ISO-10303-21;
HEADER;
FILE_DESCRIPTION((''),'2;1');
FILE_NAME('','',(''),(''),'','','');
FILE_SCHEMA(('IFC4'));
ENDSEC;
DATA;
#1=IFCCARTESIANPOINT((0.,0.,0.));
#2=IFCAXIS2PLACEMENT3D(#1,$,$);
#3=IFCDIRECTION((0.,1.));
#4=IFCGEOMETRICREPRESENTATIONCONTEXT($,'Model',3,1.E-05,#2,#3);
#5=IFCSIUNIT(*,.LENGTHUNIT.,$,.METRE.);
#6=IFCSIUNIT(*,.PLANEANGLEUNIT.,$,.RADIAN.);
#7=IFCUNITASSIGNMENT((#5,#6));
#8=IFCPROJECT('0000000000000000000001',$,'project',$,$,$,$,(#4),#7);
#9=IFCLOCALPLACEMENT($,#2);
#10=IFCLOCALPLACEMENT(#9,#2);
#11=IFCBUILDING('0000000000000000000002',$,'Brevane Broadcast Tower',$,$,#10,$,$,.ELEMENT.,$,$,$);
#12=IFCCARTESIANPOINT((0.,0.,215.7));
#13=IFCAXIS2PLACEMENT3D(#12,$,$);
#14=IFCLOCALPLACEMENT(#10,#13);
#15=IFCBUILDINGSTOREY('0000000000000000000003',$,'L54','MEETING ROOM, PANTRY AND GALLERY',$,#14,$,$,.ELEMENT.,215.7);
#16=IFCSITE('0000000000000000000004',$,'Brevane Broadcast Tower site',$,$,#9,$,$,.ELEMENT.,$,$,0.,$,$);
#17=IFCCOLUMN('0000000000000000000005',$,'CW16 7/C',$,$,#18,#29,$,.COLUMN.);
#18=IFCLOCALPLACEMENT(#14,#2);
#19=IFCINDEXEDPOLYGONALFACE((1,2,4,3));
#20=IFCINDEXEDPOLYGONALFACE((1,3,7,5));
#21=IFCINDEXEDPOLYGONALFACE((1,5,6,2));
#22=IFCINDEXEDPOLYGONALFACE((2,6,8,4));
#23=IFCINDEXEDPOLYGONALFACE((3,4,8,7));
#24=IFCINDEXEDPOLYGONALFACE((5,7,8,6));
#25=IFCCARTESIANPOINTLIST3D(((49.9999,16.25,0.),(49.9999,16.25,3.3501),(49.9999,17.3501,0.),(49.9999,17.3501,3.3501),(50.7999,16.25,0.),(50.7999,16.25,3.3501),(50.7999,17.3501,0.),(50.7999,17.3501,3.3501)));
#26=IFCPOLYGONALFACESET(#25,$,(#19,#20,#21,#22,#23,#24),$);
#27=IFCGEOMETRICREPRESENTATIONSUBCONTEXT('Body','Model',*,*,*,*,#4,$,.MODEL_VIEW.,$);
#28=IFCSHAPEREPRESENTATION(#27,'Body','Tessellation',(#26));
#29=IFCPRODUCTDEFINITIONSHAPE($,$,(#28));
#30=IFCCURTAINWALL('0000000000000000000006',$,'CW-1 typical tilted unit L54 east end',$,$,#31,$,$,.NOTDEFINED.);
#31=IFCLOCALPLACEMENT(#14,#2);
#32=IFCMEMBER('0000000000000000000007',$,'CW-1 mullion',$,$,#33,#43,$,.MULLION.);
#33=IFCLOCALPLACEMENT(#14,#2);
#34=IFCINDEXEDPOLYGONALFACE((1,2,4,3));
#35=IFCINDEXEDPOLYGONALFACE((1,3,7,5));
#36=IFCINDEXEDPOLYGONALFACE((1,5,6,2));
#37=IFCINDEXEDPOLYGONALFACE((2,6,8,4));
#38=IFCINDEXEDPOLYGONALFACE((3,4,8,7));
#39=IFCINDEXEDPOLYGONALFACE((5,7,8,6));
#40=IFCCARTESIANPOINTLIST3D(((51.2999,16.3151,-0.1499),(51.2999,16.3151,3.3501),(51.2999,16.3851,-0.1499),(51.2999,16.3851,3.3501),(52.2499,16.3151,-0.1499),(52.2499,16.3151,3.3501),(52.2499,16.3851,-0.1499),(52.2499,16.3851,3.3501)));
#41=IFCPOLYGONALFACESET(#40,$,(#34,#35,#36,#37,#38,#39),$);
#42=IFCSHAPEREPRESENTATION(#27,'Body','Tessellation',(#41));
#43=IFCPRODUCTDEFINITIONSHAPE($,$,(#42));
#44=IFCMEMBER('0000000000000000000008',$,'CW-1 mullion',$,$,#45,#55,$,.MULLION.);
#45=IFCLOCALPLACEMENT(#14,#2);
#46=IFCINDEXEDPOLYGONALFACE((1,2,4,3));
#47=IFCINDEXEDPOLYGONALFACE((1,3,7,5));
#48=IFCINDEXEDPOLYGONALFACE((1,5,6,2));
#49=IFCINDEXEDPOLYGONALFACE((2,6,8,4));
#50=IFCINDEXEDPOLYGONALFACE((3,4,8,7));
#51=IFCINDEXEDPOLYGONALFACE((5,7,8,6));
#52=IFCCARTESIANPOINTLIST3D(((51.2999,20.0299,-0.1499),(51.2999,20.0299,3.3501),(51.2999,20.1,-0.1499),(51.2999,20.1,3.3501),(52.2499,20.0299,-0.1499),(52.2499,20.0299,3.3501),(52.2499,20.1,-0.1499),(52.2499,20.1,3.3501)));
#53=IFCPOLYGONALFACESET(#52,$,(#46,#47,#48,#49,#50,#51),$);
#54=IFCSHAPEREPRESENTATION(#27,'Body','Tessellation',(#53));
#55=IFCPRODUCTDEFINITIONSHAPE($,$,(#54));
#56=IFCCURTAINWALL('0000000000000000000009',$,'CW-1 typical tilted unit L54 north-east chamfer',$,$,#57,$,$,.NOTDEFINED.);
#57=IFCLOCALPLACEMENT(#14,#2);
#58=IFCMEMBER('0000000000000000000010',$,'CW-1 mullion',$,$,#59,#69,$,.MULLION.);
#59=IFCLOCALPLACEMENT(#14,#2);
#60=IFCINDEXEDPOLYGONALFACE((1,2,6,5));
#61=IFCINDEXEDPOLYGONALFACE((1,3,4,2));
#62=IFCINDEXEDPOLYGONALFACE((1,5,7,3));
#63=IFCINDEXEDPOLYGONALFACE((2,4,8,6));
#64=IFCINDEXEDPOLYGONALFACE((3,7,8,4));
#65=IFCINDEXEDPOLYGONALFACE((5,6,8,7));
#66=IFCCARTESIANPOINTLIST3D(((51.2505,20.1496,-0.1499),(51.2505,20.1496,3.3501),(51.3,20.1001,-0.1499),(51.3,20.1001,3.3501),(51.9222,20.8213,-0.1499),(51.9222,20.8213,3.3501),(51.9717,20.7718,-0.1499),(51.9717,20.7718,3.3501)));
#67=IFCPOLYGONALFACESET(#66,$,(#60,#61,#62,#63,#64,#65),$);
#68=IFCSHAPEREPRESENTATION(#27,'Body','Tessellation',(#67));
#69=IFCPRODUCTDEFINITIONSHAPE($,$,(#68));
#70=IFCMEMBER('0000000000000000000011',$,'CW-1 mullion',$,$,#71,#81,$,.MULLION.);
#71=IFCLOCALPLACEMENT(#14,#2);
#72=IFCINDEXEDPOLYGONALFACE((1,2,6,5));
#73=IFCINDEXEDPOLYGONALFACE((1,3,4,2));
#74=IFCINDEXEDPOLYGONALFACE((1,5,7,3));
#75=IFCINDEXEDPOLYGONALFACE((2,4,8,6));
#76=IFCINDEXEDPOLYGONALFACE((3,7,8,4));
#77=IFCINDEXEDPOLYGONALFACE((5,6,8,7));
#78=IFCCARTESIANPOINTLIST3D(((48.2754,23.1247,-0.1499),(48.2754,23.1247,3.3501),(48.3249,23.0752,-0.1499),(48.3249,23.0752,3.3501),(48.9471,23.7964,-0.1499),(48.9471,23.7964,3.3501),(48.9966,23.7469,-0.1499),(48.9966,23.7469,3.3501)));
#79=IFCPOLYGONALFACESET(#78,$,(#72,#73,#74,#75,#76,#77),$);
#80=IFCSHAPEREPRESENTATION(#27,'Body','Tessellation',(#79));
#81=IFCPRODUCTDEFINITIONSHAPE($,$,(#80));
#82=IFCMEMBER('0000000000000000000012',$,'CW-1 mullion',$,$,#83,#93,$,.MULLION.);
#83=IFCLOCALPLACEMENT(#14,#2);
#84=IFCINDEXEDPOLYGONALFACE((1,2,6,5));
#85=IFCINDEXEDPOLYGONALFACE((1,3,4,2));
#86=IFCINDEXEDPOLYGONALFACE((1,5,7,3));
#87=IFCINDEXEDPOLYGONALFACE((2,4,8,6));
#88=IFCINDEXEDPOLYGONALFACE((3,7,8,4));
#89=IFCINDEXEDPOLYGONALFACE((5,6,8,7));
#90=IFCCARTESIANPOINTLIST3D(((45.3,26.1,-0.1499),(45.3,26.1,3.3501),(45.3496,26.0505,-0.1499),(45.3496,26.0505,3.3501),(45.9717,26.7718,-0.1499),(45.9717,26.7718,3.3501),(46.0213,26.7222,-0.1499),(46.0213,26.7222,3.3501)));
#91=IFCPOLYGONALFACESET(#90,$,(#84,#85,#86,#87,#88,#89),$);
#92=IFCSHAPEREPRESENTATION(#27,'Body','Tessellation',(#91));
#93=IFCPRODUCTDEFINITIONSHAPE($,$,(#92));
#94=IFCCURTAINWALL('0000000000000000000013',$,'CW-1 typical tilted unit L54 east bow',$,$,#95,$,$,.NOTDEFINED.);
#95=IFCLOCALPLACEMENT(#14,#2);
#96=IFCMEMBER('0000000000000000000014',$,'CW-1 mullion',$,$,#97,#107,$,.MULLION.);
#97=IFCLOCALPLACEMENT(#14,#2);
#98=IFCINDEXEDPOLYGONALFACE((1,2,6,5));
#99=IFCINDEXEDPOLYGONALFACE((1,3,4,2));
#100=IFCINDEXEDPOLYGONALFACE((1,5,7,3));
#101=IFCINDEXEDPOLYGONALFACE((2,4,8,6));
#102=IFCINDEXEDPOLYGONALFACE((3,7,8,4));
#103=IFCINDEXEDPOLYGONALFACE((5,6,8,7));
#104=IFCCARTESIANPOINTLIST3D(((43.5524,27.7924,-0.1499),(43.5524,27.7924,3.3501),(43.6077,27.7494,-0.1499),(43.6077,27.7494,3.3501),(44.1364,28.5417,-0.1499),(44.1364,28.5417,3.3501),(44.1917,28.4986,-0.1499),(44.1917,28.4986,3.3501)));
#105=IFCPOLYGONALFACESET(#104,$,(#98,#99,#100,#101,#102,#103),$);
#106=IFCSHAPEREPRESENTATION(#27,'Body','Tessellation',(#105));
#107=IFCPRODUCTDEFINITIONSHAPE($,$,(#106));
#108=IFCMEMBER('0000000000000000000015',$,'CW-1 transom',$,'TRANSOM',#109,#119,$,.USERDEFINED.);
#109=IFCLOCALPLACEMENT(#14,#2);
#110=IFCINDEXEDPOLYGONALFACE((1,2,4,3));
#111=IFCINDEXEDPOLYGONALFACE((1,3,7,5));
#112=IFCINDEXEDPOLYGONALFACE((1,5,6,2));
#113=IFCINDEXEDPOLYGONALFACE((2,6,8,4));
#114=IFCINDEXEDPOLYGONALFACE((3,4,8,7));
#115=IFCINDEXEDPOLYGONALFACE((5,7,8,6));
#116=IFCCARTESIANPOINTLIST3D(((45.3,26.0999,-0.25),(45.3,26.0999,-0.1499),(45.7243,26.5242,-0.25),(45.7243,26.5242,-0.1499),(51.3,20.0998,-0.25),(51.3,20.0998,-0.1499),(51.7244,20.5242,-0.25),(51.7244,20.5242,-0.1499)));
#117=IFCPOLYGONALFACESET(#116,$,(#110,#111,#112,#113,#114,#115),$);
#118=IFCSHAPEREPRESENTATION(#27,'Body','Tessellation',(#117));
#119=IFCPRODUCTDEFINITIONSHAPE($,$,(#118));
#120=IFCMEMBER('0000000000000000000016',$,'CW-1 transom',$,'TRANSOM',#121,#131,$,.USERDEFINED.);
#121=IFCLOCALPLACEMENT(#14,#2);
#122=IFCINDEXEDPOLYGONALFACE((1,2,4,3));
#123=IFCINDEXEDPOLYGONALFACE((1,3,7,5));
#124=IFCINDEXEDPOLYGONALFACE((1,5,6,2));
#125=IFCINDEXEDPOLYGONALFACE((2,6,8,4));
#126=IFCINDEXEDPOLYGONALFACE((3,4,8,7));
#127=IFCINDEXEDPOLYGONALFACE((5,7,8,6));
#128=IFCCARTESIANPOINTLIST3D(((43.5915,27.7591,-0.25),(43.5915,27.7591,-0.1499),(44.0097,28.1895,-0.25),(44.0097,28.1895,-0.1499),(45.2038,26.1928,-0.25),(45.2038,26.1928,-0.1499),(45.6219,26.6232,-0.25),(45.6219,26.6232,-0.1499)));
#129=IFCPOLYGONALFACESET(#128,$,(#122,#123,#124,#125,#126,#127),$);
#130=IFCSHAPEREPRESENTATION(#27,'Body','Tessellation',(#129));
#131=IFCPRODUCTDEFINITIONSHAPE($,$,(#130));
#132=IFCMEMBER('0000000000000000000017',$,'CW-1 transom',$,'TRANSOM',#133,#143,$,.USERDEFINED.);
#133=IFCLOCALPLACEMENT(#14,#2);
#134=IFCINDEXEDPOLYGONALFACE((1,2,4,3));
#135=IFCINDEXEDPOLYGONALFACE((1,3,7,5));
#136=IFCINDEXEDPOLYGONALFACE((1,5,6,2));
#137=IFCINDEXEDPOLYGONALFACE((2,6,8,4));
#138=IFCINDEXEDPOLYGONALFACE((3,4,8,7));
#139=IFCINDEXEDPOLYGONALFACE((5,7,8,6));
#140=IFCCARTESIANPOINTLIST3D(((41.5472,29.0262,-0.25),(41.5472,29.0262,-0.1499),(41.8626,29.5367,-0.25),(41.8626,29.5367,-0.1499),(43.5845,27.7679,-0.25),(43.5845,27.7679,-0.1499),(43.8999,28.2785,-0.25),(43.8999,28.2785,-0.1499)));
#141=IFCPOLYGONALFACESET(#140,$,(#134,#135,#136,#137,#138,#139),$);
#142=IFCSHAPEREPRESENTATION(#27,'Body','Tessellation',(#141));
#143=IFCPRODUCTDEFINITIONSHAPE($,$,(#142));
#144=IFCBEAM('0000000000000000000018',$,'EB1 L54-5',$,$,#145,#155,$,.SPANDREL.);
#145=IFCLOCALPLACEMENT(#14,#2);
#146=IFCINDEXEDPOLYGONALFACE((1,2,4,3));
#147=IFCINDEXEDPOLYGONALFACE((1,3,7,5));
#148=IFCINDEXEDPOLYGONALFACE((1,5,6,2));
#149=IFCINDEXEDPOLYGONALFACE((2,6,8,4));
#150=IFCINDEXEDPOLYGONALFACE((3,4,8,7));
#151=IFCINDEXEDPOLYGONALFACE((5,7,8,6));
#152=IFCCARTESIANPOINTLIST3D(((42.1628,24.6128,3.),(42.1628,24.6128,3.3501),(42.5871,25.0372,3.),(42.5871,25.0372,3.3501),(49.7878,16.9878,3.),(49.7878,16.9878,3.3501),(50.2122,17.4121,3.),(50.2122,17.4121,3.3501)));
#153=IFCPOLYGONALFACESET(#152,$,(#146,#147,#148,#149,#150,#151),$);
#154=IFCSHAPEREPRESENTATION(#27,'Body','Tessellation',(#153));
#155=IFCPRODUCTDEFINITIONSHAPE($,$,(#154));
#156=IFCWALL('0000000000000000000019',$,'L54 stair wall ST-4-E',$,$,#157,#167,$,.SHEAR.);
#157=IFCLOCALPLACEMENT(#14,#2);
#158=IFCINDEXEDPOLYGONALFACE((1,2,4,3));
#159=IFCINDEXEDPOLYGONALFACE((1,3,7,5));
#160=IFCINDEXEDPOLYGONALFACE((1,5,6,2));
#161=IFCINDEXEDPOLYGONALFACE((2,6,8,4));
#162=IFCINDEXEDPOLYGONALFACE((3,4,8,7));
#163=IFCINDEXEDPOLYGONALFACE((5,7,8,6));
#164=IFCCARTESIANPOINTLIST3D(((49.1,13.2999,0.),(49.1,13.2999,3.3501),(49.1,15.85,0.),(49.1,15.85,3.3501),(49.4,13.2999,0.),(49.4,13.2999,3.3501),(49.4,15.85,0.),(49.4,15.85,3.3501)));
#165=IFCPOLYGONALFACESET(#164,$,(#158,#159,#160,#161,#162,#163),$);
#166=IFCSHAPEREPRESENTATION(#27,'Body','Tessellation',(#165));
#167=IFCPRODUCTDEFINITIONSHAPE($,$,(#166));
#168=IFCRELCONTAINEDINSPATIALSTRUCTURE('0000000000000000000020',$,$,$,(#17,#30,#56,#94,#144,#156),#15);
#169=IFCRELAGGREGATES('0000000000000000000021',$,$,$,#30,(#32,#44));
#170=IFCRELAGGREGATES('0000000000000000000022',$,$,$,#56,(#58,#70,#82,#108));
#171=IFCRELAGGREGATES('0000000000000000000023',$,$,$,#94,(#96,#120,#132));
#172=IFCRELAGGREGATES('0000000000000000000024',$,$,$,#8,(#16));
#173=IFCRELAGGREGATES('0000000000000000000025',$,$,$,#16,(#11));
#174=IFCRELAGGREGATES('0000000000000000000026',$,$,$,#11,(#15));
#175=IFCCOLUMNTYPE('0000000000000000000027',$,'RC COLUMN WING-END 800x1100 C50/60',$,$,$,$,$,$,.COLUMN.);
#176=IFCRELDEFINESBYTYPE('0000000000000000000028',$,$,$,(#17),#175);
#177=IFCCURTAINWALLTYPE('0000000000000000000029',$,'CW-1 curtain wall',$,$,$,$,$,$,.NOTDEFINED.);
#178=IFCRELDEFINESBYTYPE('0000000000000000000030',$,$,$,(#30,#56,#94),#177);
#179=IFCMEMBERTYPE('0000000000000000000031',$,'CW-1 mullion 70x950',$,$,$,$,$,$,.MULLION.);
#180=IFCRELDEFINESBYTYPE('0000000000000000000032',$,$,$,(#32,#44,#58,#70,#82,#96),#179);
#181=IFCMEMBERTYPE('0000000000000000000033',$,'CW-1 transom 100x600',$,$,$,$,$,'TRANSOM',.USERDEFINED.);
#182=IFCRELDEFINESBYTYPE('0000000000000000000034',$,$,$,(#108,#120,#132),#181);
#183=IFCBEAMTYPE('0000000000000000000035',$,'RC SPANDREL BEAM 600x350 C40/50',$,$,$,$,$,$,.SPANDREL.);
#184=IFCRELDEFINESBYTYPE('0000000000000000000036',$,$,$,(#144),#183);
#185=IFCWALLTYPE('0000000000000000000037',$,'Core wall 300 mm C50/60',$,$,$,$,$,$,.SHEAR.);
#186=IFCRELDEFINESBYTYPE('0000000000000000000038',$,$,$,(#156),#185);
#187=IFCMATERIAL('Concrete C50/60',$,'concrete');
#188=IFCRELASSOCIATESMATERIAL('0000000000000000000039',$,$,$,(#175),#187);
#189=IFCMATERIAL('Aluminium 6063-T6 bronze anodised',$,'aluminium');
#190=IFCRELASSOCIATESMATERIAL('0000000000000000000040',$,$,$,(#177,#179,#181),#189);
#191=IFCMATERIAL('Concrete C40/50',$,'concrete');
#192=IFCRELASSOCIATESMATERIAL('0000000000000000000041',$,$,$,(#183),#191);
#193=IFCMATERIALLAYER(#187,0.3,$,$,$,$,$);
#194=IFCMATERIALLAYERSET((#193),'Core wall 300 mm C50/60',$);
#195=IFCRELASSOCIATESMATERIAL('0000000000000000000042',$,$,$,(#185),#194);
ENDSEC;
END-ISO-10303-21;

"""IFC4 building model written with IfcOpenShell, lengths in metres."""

from ifc_helpers import new_model, si_unit, direction, frame, frame_2d, origin, origin_2d, place, context, subcontext, project, spatial, rectangle, extrude, material, layer, layer_set, material_profile, profile_set, type_object, element, aggregate, save


model = new_model("IFC4")

# Units and contexts
model_context = context("Model", 3, precision=1e-05, world=origin(), true_north=direction((0.0, 1.0)))
body_context = subcontext(model_context, "Body", "Model", "MODEL_VIEW")
ifc_project = project(units=[si_unit("LENGTHUNIT", "METRE"), si_unit("PLANEANGLEUNIT", "RADIAN")], contexts=[model_context])

# Site, building, storey
site_placement = place(None, origin())
site = spatial("IfcSite", under=ifc_project, at=site_placement, Name="Brevane Broadcast Tower site", CompositionType="ELEMENT", RefElevation=0.0)
building_placement = place(site_placement, origin())
building = spatial("IfcBuilding", under=site, at=building_placement, Name="Brevane Broadcast Tower", CompositionType="ELEMENT")
storey_placement = place(building_placement, frame((0.0, 0.0, 215.7)))
storey = spatial("IfcBuildingStorey", under=building, at=storey_placement, Name="L54", Description="MEETING ROOM, PANTRY AND GALLERY", CompositionType="ELEMENT", Elevation=215.7)

# Column
ifc_material_1 = material(Name="Concrete C50/60", Category="concrete")
ifc_material_profile_1 = material_profile(ifc_material_1, rectangle(XDim=0.8, YDim=1.1001, at=origin_2d()), Name="RC 800x1100")
ifc_profile_set_1 = profile_set([ifc_material_profile_1], Name="Concrete C50/60")
column_type = type_object("IfcColumnType", Name="RC COLUMN WING-END 800x1100 C50/60", PredefinedType="COLUMN", material=ifc_profile_set_1)
column_placement = place(storey_placement, frame((50.3999, 16.8, 0.0), z_axis=(0.0, 0.0, 1.0), x_axis=(1.0, 0.0, 0.0)))
element("IfcColumn", 1, at=column_placement, inside=storey, type_object=column_type, Name="CW16 7/C", PredefinedType="COLUMN", context=body_context, shape_type="SweptSolid", body=[
    extrude(rectangle(XDim=0.8, YDim=1.1001, at=origin_2d()), origin(), (0.0, 0.0, 1.0), 3.3501),
])

# Curtain walls, members
ifc_material_2 = material(Name="Aluminium 6063-T6 bronze anodised", Category="aluminium")
curtain_wall_type = type_object("IfcCurtainWallType", Name="CW-1 curtain wall", PredefinedType="NOTDEFINED", material=ifc_material_2)
curtain_wall_1_placement = place(storey_placement, origin())
curtain_wall_1 = element("IfcCurtainWall", 2, at=curtain_wall_1_placement, inside=storey, type_object=curtain_wall_type, Name="CW-1 typical tilted unit L54 east end", PredefinedType="NOTDEFINED")
ifc_material_profile_2 = material_profile(ifc_material_2, rectangle(XDim=0.95, YDim=0.0701, at=origin_2d()), Name="RECT 70x950")
ifc_profile_set_2 = profile_set([ifc_material_profile_2], Name="Aluminium 6063-T6 bronze anodised")
member_type_1 = type_object("IfcMemberType", Name="CW-1 mullion 70x950", PredefinedType="MULLION", material=ifc_profile_set_2)
member_1_placement = place(storey_placement, frame((51.7749, 16.3501, -0.1499), z_axis=(0.0, 0.0, 1.0), x_axis=(-1.0, 0.0, 0.0)))
member_1 = element("IfcMember", 3, at=member_1_placement, type_object=member_type_1, Name="CW-1 mullion", PredefinedType="MULLION", context=body_context, shape_type="SweptSolid", body=[
    extrude(rectangle(XDim=0.95, YDim=0.0701, at=origin_2d()), origin(), (0.0, 0.0, 1.0), 3.5),
])
member_2_placement = place(storey_placement, frame((51.7749, 20.0649, -0.1499), z_axis=(0.0, 0.0, 1.0), x_axis=(-1.0, 0.0, 0.0)))
member_2 = element("IfcMember", 4, at=member_2_placement, type_object=member_type_1, Name="CW-1 mullion", PredefinedType="MULLION", context=body_context, shape_type="SweptSolid", body=[
    extrude(rectangle(XDim=0.95, YDim=0.0701, at=origin_2d()), origin(), (0.0, 0.0, 1.0), 3.5),
])
aggregate(curtain_wall_1, [member_1, member_2])
curtain_wall_2_placement = place(storey_placement, origin())
curtain_wall_2 = element("IfcCurtainWall", 5, at=curtain_wall_2_placement, inside=storey, type_object=curtain_wall_type, Name="CW-1 typical tilted unit L54 north-east chamfer", PredefinedType="NOTDEFINED")
member_3_placement = place(storey_placement, frame((51.6111, 20.4607, -0.1499), z_axis=(0.0, 0.0, 1.0), x_axis=(-0.707107, -0.707107, 0.0)))
member_3 = element("IfcMember", 6, at=member_3_placement, type_object=member_type_1, Name="CW-1 mullion", PredefinedType="MULLION", context=body_context, shape_type="SweptSolid", body=[
    extrude(rectangle(XDim=0.95, YDim=0.0701, at=origin_2d()), origin(), (0.0, 0.0, 1.0), 3.5),
])
member_4_placement = place(storey_placement, frame((48.636, 23.4358, -0.1499), z_axis=(0.0, 0.0, 1.0), x_axis=(-0.707107, -0.707107, 0.0)))
member_4 = element("IfcMember", 7, at=member_4_placement, type_object=member_type_1, Name="CW-1 mullion", PredefinedType="MULLION", context=body_context, shape_type="SweptSolid", body=[
    extrude(rectangle(XDim=0.95, YDim=0.0701, at=origin_2d()), origin(), (0.0, 0.0, 1.0), 3.5),
])
member_5_placement = place(storey_placement, frame((45.6606, 26.4111, -0.1499), z_axis=(0.0, 0.0, 1.0), x_axis=(-0.707107, -0.707107, 0.0)))
member_5 = element("IfcMember", 8, at=member_5_placement, type_object=member_type_1, Name="CW-1 mullion", PredefinedType="MULLION", context=body_context, shape_type="SweptSolid", body=[
    extrude(rectangle(XDim=0.95, YDim=0.0701, at=origin_2d()), origin(), (0.0, 0.0, 1.0), 3.5),
])

# Curtain wall, member
curtain_wall_3_placement = place(storey_placement, origin())
curtain_wall_3 = element("IfcCurtainWall", 9, at=curtain_wall_3_placement, inside=storey, type_object=curtain_wall_type, Name="CW-1 typical tilted unit L54 east bow", PredefinedType="NOTDEFINED")
member_6_placement = place(storey_placement, frame((43.8721, 28.1455, -0.1499), z_axis=(0.0, 0.0, 1.0), x_axis=(-0.61477, -0.788707, 0.0)))
member_6 = element("IfcMember", 10, at=member_6_placement, type_object=member_type_1, Name="CW-1 mullion", PredefinedType="MULLION", context=body_context, shape_type="SweptSolid", body=[
    extrude(rectangle(XDim=0.95, YDim=0.0701, at=origin_2d()), origin(), (0.0, 0.0, 1.0), 3.5),
])

# Members
ifc_material_profile_3 = material_profile(ifc_material_2, rectangle(XDim=0.6001, YDim=0.1001, at=origin_2d()), Name="RECT 100x600")
ifc_profile_set_3 = profile_set([ifc_material_profile_3], Name="Aluminium 6063-T6 bronze anodised")
member_type_2 = type_object("IfcMemberType", Name="CW-1 transom 100x600", ElementType="TRANSOM", PredefinedType="USERDEFINED", material=ifc_profile_set_3)
member_7_placement = place(storey_placement, frame((51.5122, 20.312, -0.2), z_axis=(-0.707107, 0.707107, 0.0), x_axis=(-0.707107, -0.707107, 0.0)))
member_7 = element("IfcMember", 11, at=member_7_placement, type_object=member_type_2, Name="CW-1 transom", ObjectType="TRANSOM", PredefinedType="USERDEFINED", context=body_context, shape_type="SweptSolid", body=[
    extrude(rectangle(XDim=0.6001, YDim=0.1001, at=origin_2d()), origin(), (0.0, 0.0, 1.0), 8.4854),
])
aggregate(curtain_wall_2, [member_3, member_4, member_5, member_7])
member_8_placement = place(storey_placement, frame((45.4128, 26.408, -0.2), z_axis=(-0.717242, 0.696824, 0.0), x_axis=(-0.696824, -0.717242, 0.0)))
member_8 = element("IfcMember", 12, at=member_8_placement, type_object=member_type_2, Name="CW-1 transom", ObjectType="TRANSOM", PredefinedType="USERDEFINED", context=body_context, shape_type="SweptSolid", body=[
    extrude(rectangle(XDim=0.6001, YDim=0.1001, at=origin_2d()), origin(), (0.0, 0.0, 1.0), 2.2478),
])
member_9_placement = place(storey_placement, frame((43.7422, 28.0232, -0.2), z_axis=(-0.85081, 0.525473, 0.0), x_axis=(-0.525473, -0.85081, 0.0)))
member_9 = element("IfcMember", 13, at=member_9_placement, type_object=member_type_2, Name="CW-1 transom", ObjectType="TRANSOM", PredefinedType="USERDEFINED", context=body_context, shape_type="SweptSolid", body=[
    extrude(rectangle(XDim=0.6001, YDim=0.1001, at=origin_2d()), origin(), (0.0, 0.0, 1.0), 2.3945),
])
aggregate(curtain_wall_3, [member_6, member_8, member_9])

# Beam
ifc_material_3 = material(Name="Concrete C40/50", Category="concrete")
ifc_material_profile_4 = material_profile(ifc_material_3, rectangle(XDim=0.6001, YDim=0.3501, at=origin_2d()), Name="RC 600x350")
ifc_profile_set_4 = profile_set([ifc_material_profile_4], Name="Concrete C40/50")
beam_type = type_object("IfcBeamType", Name="RC SPANDREL BEAM 600x350 C40/50", PredefinedType="SPANDREL", material=ifc_profile_set_4)
beam_placement = place(storey_placement, frame((50.0, 17.2, 3.175), z_axis=(-0.707107, 0.707107, 0.0), x_axis=(-0.707107, -0.707107, 0.0)))
element("IfcBeam", 14, at=beam_placement, inside=storey, type_object=beam_type, Name="EB1 L54-5", PredefinedType="SPANDREL", context=body_context, shape_type="SweptSolid", body=[
    extrude(rectangle(XDim=0.6001, YDim=0.3501, at=origin_2d()), origin(), (0.0, 0.0, 1.0), 10.7834),
])

# Wall
ifc_layer_1 = layer(ifc_material_1, 0.3)
ifc_layer_set_1 = layer_set([ifc_layer_1], Name="Core wall 300 mm C50/60")
wall_type_1 = type_object("IfcWallType", Name="Core wall 300 mm C50/60", PredefinedType="SHEAR", material=ifc_layer_set_1)
wall_1_placement = place(storey_placement, frame((49.25, 13.3, 0.0), z_axis=(0.0, 0.0, 1.0), x_axis=(0.0, 1.0, 0.0)))
element("IfcWall", 15, at=wall_1_placement, inside=storey, type_object=wall_type_1, Name="L54 stair wall ST-4-E", PredefinedType="SHEAR", context=body_context, shape_type="SweptSolid", body=[
    extrude(rectangle(XDim=2.55, YDim=0.3, at=frame_2d((1.2749, 0.0))), origin(), (0.0, 0.0, 1.0), 3.3501),
])

save(model, "model.ifc")
